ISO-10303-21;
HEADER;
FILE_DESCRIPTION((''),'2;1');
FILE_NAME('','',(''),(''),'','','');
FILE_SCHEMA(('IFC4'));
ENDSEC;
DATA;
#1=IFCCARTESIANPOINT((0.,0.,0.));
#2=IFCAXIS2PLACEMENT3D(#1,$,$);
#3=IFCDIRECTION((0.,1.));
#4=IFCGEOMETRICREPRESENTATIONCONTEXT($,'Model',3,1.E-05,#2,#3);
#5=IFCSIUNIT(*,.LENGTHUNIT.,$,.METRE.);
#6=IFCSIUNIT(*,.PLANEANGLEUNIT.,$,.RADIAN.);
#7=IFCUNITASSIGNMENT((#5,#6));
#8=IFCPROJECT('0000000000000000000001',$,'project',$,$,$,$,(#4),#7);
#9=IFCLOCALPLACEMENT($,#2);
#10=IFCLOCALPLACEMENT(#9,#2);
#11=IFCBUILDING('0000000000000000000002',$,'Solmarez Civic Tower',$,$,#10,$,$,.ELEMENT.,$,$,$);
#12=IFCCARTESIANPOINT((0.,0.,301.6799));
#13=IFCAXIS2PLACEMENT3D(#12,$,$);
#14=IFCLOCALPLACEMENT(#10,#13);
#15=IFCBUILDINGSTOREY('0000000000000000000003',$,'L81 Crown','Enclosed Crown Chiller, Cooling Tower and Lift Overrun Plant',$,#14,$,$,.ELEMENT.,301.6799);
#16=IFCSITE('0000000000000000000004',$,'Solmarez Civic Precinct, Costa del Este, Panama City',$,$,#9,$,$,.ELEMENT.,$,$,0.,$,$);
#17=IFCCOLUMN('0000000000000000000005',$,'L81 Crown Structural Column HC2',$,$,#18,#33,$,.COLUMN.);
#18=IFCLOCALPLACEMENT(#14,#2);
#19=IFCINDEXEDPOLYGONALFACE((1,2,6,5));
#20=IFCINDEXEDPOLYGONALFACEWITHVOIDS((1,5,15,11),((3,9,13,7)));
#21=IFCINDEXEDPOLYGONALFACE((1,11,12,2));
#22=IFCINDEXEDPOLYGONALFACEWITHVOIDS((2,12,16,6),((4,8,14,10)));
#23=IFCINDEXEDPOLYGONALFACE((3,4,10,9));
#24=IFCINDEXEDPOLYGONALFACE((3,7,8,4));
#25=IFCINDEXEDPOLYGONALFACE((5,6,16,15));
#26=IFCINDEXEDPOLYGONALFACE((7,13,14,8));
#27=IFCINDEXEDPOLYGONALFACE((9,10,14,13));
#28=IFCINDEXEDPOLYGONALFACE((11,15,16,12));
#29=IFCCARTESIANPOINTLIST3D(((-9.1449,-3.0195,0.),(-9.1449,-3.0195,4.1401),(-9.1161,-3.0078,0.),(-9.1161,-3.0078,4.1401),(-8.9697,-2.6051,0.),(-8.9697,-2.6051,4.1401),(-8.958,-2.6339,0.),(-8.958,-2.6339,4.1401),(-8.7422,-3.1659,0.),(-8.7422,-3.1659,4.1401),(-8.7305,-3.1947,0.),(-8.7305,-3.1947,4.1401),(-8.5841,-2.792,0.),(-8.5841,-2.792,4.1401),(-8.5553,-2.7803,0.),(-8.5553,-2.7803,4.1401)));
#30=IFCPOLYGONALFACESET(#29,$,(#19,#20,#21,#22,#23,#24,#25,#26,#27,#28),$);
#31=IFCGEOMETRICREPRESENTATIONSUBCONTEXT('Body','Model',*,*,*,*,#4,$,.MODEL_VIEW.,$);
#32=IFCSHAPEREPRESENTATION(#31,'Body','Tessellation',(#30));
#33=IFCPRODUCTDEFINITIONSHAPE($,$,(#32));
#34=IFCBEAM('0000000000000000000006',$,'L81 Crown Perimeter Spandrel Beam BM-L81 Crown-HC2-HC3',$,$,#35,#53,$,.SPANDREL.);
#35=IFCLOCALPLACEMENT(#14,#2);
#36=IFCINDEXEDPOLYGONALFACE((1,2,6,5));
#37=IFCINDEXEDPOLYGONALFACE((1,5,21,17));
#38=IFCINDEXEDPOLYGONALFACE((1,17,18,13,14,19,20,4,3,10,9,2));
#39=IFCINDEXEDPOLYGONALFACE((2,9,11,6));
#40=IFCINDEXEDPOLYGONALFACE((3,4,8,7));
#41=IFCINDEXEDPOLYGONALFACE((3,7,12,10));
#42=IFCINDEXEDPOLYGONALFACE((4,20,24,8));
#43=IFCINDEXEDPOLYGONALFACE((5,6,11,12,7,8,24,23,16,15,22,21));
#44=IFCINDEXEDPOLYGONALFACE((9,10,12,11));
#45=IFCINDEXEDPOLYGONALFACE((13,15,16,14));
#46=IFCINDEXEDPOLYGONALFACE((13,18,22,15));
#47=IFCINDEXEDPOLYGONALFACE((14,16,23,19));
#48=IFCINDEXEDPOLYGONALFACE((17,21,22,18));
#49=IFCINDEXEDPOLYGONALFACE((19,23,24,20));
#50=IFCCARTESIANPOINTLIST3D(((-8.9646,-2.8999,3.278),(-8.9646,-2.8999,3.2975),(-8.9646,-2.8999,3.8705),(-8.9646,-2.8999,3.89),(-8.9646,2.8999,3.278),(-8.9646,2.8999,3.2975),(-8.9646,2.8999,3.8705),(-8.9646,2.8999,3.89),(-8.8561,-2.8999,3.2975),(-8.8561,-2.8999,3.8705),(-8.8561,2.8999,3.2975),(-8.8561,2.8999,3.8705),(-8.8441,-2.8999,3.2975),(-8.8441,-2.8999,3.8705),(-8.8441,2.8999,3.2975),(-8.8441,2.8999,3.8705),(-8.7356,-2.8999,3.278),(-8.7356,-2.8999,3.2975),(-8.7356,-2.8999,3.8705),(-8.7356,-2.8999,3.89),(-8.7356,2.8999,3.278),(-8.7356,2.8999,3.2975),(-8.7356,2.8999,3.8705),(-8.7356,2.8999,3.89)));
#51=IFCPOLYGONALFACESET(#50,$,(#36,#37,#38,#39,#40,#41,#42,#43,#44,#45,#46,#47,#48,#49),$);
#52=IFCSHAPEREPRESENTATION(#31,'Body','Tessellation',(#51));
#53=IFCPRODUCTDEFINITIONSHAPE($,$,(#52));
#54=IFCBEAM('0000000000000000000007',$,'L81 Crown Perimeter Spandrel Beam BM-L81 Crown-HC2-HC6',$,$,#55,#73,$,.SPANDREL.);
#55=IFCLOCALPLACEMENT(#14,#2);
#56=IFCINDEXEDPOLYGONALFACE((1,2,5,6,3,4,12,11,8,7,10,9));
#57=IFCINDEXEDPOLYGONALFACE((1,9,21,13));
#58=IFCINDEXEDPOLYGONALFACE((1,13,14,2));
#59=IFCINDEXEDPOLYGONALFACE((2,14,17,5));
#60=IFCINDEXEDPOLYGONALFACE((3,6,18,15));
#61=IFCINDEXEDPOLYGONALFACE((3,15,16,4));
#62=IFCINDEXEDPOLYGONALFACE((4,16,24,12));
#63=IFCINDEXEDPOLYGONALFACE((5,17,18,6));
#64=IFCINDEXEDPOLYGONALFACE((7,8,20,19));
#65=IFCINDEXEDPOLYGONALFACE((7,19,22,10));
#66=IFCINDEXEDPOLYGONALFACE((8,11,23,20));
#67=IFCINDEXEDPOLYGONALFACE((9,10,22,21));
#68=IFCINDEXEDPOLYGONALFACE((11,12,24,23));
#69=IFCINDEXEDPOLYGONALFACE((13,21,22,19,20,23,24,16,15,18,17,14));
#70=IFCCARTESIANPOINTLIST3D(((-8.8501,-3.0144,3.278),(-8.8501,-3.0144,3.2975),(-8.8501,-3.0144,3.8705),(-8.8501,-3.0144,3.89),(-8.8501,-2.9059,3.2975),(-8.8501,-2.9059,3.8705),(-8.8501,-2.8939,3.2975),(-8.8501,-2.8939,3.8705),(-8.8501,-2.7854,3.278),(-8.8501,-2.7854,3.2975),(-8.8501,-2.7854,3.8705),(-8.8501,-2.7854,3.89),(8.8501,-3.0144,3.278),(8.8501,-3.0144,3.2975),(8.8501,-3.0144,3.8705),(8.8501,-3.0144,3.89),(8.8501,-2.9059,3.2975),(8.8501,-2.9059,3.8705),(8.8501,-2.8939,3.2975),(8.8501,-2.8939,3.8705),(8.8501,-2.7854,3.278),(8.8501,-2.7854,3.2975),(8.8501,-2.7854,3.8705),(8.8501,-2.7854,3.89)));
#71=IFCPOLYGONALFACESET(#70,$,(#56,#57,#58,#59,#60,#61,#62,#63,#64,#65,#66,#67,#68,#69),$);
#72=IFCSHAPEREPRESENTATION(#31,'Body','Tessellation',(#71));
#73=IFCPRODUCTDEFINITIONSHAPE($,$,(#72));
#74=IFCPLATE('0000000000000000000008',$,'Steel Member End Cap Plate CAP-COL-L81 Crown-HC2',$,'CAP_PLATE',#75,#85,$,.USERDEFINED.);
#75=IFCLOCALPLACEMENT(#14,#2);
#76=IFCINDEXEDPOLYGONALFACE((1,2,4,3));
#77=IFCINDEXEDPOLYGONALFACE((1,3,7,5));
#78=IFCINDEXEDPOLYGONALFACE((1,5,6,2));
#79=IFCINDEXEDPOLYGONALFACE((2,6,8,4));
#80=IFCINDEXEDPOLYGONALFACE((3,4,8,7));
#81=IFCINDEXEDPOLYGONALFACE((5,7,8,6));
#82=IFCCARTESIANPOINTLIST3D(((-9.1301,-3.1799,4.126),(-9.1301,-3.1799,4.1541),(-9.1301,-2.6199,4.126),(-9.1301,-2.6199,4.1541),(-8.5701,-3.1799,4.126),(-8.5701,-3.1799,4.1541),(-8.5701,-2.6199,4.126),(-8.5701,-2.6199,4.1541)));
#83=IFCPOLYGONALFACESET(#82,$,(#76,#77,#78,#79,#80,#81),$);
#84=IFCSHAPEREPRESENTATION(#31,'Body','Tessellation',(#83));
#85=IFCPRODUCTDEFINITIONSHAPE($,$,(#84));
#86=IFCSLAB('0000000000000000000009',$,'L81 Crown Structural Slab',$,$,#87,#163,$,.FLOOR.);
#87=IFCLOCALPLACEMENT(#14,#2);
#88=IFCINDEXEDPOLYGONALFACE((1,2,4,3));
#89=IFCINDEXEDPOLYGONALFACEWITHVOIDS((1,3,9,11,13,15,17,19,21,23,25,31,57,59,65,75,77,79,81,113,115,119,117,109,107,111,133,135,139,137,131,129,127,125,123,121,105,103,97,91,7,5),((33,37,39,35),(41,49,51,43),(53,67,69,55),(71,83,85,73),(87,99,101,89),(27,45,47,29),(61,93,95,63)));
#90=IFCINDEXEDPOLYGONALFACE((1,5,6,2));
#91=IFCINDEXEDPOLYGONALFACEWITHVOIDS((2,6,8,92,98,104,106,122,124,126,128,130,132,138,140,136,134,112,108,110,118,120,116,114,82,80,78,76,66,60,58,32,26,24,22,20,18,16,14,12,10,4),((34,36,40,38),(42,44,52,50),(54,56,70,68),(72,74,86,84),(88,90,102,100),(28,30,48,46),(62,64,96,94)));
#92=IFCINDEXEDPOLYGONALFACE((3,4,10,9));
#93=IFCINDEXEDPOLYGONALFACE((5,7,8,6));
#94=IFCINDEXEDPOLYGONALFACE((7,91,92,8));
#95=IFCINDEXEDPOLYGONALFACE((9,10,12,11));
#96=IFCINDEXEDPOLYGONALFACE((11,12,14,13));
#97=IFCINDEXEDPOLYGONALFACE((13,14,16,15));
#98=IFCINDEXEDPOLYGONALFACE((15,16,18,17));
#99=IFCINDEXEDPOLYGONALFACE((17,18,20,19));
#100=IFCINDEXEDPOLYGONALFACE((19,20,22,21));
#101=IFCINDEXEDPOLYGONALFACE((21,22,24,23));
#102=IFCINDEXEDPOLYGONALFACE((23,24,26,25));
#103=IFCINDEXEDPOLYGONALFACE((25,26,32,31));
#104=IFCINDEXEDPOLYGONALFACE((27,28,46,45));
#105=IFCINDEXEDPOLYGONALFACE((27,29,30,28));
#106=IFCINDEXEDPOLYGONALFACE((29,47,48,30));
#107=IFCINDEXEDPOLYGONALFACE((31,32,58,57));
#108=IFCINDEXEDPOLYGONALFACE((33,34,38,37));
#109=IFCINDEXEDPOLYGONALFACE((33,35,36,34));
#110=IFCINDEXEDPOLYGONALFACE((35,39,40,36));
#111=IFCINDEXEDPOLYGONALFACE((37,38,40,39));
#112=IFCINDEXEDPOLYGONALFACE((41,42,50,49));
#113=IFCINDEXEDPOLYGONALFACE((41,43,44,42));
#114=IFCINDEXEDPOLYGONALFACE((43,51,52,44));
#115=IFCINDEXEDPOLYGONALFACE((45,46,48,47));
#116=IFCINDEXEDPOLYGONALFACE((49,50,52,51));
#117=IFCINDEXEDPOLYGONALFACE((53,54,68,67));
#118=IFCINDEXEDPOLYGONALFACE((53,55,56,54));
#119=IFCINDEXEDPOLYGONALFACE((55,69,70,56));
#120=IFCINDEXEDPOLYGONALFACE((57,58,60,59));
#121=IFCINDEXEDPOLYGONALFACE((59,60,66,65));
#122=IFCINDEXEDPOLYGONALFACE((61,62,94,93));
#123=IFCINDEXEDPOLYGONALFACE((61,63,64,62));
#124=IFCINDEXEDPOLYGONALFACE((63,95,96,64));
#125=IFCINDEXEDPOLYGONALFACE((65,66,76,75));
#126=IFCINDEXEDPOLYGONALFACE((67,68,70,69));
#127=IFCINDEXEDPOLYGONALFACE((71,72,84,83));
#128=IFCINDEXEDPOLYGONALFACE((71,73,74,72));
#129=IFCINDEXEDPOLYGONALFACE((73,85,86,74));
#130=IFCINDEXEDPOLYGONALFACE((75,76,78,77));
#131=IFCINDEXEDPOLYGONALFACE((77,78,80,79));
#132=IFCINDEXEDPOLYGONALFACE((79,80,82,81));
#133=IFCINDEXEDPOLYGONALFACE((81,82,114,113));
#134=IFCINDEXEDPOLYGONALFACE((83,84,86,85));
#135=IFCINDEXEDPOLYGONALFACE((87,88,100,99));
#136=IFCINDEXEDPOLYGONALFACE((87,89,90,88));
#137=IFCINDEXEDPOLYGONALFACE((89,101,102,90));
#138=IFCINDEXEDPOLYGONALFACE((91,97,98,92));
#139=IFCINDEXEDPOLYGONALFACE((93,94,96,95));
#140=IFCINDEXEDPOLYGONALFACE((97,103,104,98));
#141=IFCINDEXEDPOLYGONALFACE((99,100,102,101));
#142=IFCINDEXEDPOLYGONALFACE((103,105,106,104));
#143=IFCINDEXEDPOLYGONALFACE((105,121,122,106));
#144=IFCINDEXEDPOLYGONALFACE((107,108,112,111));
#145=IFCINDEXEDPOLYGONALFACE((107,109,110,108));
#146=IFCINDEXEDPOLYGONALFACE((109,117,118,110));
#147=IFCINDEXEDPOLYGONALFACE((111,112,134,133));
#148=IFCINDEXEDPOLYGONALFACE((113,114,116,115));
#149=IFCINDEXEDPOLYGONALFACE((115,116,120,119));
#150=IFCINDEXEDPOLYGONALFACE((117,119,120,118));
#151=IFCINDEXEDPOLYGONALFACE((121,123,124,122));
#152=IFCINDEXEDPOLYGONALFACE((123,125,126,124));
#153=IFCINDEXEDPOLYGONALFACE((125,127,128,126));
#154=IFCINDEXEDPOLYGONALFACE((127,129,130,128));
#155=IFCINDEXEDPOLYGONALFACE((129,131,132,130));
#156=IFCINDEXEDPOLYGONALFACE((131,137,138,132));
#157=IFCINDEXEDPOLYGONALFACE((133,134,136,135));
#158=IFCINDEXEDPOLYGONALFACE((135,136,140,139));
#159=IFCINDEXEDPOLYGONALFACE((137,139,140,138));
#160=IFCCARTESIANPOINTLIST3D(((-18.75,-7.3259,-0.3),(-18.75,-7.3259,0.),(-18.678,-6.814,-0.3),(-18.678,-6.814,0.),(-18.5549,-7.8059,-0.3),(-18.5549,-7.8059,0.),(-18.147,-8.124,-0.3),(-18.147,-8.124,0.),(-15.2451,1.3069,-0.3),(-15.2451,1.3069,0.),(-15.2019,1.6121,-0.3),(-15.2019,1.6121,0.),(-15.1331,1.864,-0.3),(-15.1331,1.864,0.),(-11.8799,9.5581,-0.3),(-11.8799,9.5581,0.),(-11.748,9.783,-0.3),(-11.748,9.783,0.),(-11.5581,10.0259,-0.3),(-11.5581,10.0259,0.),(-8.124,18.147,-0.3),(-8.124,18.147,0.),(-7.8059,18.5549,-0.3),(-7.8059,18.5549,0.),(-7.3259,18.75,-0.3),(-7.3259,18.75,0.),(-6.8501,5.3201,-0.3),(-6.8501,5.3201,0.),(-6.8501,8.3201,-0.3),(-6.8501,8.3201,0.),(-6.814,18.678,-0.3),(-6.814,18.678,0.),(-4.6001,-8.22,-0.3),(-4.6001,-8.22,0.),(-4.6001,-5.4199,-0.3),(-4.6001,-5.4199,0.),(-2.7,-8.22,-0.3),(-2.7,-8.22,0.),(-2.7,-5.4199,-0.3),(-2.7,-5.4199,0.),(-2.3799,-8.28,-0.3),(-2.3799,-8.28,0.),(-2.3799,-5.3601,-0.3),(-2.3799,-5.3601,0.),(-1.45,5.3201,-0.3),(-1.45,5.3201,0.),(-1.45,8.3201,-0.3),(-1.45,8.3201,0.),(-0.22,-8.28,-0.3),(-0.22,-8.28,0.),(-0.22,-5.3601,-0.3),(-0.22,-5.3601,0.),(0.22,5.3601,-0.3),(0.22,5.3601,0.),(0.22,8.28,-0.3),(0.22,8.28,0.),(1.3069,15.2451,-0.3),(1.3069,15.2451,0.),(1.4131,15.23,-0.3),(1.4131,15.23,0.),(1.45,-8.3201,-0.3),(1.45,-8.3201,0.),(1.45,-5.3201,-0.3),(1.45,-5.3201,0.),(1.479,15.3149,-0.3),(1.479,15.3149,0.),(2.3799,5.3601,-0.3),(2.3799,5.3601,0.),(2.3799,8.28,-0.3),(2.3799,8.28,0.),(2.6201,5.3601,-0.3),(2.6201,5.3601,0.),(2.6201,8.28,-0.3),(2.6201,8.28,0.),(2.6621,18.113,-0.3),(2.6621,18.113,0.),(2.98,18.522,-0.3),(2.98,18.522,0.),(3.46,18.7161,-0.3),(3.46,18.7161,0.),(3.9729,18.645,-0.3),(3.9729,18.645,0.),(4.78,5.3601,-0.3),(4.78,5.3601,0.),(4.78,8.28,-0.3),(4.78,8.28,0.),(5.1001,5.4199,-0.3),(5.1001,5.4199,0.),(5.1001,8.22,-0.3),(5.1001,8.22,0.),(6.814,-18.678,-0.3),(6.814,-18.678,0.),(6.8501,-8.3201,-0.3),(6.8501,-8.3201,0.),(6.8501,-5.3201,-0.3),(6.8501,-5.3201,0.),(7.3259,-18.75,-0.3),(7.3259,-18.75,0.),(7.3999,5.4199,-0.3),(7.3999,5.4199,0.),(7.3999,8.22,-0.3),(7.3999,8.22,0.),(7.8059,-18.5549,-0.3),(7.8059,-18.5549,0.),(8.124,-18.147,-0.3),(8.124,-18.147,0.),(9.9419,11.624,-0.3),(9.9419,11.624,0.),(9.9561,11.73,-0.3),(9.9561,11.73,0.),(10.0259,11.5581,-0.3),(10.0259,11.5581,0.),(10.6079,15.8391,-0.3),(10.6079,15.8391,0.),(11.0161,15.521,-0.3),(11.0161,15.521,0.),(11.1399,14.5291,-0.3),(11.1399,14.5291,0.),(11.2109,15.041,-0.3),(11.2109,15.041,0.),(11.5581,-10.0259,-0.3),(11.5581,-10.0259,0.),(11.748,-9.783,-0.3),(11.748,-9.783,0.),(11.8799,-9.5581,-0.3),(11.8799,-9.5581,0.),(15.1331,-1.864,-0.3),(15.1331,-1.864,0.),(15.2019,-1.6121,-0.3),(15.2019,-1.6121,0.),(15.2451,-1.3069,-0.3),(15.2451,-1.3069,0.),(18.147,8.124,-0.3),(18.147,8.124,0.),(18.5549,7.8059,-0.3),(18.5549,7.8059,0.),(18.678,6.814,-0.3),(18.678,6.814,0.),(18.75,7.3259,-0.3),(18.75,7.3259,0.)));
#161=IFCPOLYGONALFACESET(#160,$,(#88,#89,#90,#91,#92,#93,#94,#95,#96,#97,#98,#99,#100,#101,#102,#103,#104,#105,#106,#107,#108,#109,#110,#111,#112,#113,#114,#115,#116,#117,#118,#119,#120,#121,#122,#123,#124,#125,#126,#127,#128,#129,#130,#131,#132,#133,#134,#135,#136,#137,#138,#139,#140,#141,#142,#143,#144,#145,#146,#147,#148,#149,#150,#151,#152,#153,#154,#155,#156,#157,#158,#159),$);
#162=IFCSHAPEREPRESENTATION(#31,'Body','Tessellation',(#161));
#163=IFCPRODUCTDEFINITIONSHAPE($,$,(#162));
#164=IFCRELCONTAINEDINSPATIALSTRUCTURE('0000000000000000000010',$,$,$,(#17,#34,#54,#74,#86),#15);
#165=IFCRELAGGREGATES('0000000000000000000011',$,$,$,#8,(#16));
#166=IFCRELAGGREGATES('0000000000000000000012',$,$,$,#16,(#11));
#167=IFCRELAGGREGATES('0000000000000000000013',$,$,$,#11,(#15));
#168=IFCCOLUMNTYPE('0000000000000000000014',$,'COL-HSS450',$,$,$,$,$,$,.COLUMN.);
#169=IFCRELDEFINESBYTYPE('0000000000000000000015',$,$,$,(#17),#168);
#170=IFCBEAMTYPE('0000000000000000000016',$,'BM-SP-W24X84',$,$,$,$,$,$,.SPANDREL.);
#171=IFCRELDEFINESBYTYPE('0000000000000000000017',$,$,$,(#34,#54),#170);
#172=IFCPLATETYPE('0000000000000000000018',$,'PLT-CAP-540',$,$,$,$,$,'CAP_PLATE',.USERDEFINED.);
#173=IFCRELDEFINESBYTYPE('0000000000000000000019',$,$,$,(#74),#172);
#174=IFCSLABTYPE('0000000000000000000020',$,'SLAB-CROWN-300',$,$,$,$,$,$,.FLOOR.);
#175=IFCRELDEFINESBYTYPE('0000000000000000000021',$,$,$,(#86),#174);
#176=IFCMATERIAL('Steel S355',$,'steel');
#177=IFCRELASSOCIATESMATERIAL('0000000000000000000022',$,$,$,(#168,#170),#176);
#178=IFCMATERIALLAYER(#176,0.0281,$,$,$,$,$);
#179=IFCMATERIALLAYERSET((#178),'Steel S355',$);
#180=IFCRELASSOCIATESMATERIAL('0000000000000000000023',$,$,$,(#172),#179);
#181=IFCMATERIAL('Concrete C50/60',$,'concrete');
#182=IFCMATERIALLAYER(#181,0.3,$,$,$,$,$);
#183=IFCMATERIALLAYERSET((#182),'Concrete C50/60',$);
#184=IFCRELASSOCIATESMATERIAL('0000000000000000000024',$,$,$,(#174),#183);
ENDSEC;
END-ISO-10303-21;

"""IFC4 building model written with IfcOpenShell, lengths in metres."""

from ifc_helpers import new_model, si_unit, direction, frame, origin, origin_2d, place, context, subcontext, project, spatial, polyline, rectangle, hollow_rectangle, i_section, outline, extrude, material, layer, layer_set, material_profile, profile_set, type_object, element, save


model = new_model("IFC4")

# Units and contexts
model_context = context("Model", 3, precision=1e-05, world=origin(), true_north=direction((0.0, 1.0)))
body_context = subcontext(model_context, "Body", "Model", "MODEL_VIEW")
ifc_project = project(units=[si_unit("LENGTHUNIT", "METRE"), si_unit("PLANEANGLEUNIT", "RADIAN")], contexts=[model_context])

# Site, building, storey
site_placement = place(None, origin())
site = spatial("IfcSite", under=ifc_project, at=site_placement, Name="Solmarez Civic Precinct, Costa del Este, Panama City", CompositionType="ELEMENT", RefElevation=0.0)
building_placement = place(site_placement, origin())
building = spatial("IfcBuilding", under=site, at=building_placement, Name="Solmarez Civic Tower", CompositionType="ELEMENT")
storey_placement = place(building_placement, frame((0.0, 0.0, 301.6799)))
storey = spatial("IfcBuildingStorey", under=building, at=storey_placement, Name="L81 Crown", Description="Enclosed Crown Chiller, Cooling Tower and Lift Overrun Plant", CompositionType="ELEMENT", Elevation=301.6799)

# Column
ifc_material_1 = material(Name="Steel S355", Category="steel")
ifc_material_profile_1 = material_profile(ifc_material_1, hollow_rectangle(XDim=0.45, YDim=0.45, WallThickness=0.022, at=origin_2d()), Name="HSS450X450X22")
ifc_profile_set_1 = profile_set([ifc_material_profile_1], Name="Steel S355")
column_type = type_object("IfcColumnType", Name="COL-HSS450", PredefinedType="COLUMN", material=ifc_profile_set_1)
column_placement = place(storey_placement, frame((-8.8501, -2.8999, 0.0), z_axis=(0.0, 0.0, 1.0), x_axis=(0.389445, 0.92105, 0.0)))
element("IfcColumn", 1, at=column_placement, inside=storey, type_object=column_type, Name="L81 Crown Structural Column HC2", PredefinedType="COLUMN", context=body_context, shape_type="SweptSolid", body=[
    extrude(hollow_rectangle(XDim=0.45, YDim=0.45, WallThickness=0.022, at=origin_2d()), origin(), (0.0, 0.0, 1.0), 4.1401),
])

# Beams
ifc_material_profile_2 = material_profile(ifc_material_1, i_section(OverallWidth=0.229, OverallDepth=0.6121, WebThickness=0.012, FlangeThickness=0.0195, at=origin_2d()), Name="W24X84")
ifc_profile_set_2 = profile_set([ifc_material_profile_2], Name="Steel S355")
beam_type = type_object("IfcBeamType", Name="BM-SP-W24X84", PredefinedType="SPANDREL", material=ifc_profile_set_2)
beam_1_placement = place(storey_placement, frame((-8.8501, -2.8999, 3.584), z_axis=(0.0, 1.0, 0.0), x_axis=(-1.0, 0.0, 0.0)))
element("IfcBeam", 2, at=beam_1_placement, inside=storey, type_object=beam_type, Name="L81 Crown Perimeter Spandrel Beam BM-L81 Crown-HC2-HC3", PredefinedType="SPANDREL", context=body_context, shape_type="SweptSolid", body=[
    extrude(i_section(OverallWidth=0.229, OverallDepth=0.6121, WebThickness=0.012, FlangeThickness=0.0195, at=origin_2d()), origin(), (0.0, 0.0, 1.0), 5.7998),
])
beam_2_placement = place(storey_placement, frame((-8.8501, -2.8999, 3.584), z_axis=(1.0, 0.0, 0.0), x_axis=(0.0, 1.0, 0.0)))
element("IfcBeam", 3, at=beam_2_placement, inside=storey, type_object=beam_type, Name="L81 Crown Perimeter Spandrel Beam BM-L81 Crown-HC2-HC6", PredefinedType="SPANDREL", context=body_context, shape_type="SweptSolid", body=[
    extrude(i_section(OverallWidth=0.229, OverallDepth=0.6121, WebThickness=0.012, FlangeThickness=0.0195, at=origin_2d()), origin(), (0.0, 0.0, 1.0), 17.7002),
])

# Plate
ifc_layer_1 = layer(ifc_material_1, 0.0281)
ifc_layer_set_1 = layer_set([ifc_layer_1], Name="Steel S355")
plate_type = type_object("IfcPlateType", Name="PLT-CAP-540", ElementType="CAP_PLATE", PredefinedType="USERDEFINED", material=ifc_layer_set_1)
plate_placement = place(storey_placement, frame((-8.8501, -2.8999, 4.126), z_axis=(0.0, 0.0, 1.0), x_axis=(1.0, 0.0, 0.0)))
element("IfcPlate", 4, at=plate_placement, inside=storey, type_object=plate_type, Name="Steel Member End Cap Plate CAP-COL-L81 Crown-HC2", ObjectType="CAP_PLATE", PredefinedType="USERDEFINED", context=body_context, shape_type="SweptSolid", body=[
    extrude(rectangle(XDim=0.5601, YDim=0.5601, at=origin_2d()), origin(), (0.0, 0.0, 1.0), 0.0281),
])

# Slab
ifc_material_2 = material(Name="Concrete C50/60", Category="concrete")
ifc_layer_2 = layer(ifc_material_2, 0.3)
ifc_layer_set_2 = layer_set([ifc_layer_2], Name="Concrete C50/60")
slab_type = type_object("IfcSlabType", Name="SLAB-CROWN-300", PredefinedType="FLOOR", material=ifc_layer_set_2)
slab_placement = place(storey_placement, frame((0.0, 0.0, -0.3)))
element("IfcSlab", 5, at=slab_placement, inside=storey, type_object=slab_type, Name="L81 Crown Structural Slab", PredefinedType="FLOOR", context=body_context, shape_type="SweptSolid", body=[
    extrude(outline(polyline([(15.1331, -1.864), (15.2019, -1.6121), (15.2451, -1.3069), (18.678, 6.814), (18.75, 7.3259), (18.5549, 7.8059), (18.147, 8.124), (10.0259, 11.5581), (9.9419, 11.624), (9.9561, 11.73), (11.1399, 14.5291), (11.2109, 15.041), (11.0161, 15.521), (10.6079, 15.8391), (3.9729, 18.645), (3.46, 18.7161), (2.98, 18.522), (2.6621, 18.113), (1.479, 15.3149), (1.4131, 15.23), (1.3069, 15.2451), (-6.814, 18.678), (-7.3259, 18.75), (-7.8059, 18.5549), (-8.124, 18.147), (-11.5581, 10.0259), (-11.748, 9.783), (-11.8799, 9.5581), (-15.1331, 1.864), (-15.2019, 1.6121), (-15.2451, 1.3069), (-18.678, -6.814), (-18.75, -7.3259), (-18.5549, -7.8059), (-18.147, -8.124), (6.814, -18.678), (7.3259, -18.75), (7.8059, -18.5549), (8.124, -18.147), (11.5581, -10.0259), (11.748, -9.783), (11.8799, -9.5581), (15.1331, -1.864)]), holes=[polyline([(-1.45, 8.3201), (-6.8501, 8.3201), (-6.8501, 5.3201), (-1.45, 5.3201), (-1.45, 8.3201)]), polyline([(1.45, -8.3201), (6.8501, -8.3201), (6.8501, -5.3201), (1.45, -5.3201), (1.45, -8.3201)]), polyline([(0.22, 5.3601), (2.3799, 5.3601), (2.3799, 8.28), (0.22, 8.28), (0.22, 5.3601)]), polyline([(2.6201, 5.3601), (4.78, 5.3601), (4.78, 8.28), (2.6201, 8.28), (2.6201, 5.3601)]), polyline([(-2.3799, -8.28), (-0.22, -8.28), (-0.22, -5.3601), (-2.3799, -5.3601), (-2.3799, -8.28)]), polyline([(5.1001, 5.4199), (7.3999, 5.4199), (7.3999, 8.22), (5.1001, 8.22), (5.1001, 5.4199)]), polyline([(-4.6001, -8.22), (-2.7, -8.22), (-2.7, -5.4199), (-4.6001, -5.4199), (-4.6001, -8.22)])]), origin(), (0.0, 0.0, 1.0), 0.3),
])

save(model, "model.ifc")
